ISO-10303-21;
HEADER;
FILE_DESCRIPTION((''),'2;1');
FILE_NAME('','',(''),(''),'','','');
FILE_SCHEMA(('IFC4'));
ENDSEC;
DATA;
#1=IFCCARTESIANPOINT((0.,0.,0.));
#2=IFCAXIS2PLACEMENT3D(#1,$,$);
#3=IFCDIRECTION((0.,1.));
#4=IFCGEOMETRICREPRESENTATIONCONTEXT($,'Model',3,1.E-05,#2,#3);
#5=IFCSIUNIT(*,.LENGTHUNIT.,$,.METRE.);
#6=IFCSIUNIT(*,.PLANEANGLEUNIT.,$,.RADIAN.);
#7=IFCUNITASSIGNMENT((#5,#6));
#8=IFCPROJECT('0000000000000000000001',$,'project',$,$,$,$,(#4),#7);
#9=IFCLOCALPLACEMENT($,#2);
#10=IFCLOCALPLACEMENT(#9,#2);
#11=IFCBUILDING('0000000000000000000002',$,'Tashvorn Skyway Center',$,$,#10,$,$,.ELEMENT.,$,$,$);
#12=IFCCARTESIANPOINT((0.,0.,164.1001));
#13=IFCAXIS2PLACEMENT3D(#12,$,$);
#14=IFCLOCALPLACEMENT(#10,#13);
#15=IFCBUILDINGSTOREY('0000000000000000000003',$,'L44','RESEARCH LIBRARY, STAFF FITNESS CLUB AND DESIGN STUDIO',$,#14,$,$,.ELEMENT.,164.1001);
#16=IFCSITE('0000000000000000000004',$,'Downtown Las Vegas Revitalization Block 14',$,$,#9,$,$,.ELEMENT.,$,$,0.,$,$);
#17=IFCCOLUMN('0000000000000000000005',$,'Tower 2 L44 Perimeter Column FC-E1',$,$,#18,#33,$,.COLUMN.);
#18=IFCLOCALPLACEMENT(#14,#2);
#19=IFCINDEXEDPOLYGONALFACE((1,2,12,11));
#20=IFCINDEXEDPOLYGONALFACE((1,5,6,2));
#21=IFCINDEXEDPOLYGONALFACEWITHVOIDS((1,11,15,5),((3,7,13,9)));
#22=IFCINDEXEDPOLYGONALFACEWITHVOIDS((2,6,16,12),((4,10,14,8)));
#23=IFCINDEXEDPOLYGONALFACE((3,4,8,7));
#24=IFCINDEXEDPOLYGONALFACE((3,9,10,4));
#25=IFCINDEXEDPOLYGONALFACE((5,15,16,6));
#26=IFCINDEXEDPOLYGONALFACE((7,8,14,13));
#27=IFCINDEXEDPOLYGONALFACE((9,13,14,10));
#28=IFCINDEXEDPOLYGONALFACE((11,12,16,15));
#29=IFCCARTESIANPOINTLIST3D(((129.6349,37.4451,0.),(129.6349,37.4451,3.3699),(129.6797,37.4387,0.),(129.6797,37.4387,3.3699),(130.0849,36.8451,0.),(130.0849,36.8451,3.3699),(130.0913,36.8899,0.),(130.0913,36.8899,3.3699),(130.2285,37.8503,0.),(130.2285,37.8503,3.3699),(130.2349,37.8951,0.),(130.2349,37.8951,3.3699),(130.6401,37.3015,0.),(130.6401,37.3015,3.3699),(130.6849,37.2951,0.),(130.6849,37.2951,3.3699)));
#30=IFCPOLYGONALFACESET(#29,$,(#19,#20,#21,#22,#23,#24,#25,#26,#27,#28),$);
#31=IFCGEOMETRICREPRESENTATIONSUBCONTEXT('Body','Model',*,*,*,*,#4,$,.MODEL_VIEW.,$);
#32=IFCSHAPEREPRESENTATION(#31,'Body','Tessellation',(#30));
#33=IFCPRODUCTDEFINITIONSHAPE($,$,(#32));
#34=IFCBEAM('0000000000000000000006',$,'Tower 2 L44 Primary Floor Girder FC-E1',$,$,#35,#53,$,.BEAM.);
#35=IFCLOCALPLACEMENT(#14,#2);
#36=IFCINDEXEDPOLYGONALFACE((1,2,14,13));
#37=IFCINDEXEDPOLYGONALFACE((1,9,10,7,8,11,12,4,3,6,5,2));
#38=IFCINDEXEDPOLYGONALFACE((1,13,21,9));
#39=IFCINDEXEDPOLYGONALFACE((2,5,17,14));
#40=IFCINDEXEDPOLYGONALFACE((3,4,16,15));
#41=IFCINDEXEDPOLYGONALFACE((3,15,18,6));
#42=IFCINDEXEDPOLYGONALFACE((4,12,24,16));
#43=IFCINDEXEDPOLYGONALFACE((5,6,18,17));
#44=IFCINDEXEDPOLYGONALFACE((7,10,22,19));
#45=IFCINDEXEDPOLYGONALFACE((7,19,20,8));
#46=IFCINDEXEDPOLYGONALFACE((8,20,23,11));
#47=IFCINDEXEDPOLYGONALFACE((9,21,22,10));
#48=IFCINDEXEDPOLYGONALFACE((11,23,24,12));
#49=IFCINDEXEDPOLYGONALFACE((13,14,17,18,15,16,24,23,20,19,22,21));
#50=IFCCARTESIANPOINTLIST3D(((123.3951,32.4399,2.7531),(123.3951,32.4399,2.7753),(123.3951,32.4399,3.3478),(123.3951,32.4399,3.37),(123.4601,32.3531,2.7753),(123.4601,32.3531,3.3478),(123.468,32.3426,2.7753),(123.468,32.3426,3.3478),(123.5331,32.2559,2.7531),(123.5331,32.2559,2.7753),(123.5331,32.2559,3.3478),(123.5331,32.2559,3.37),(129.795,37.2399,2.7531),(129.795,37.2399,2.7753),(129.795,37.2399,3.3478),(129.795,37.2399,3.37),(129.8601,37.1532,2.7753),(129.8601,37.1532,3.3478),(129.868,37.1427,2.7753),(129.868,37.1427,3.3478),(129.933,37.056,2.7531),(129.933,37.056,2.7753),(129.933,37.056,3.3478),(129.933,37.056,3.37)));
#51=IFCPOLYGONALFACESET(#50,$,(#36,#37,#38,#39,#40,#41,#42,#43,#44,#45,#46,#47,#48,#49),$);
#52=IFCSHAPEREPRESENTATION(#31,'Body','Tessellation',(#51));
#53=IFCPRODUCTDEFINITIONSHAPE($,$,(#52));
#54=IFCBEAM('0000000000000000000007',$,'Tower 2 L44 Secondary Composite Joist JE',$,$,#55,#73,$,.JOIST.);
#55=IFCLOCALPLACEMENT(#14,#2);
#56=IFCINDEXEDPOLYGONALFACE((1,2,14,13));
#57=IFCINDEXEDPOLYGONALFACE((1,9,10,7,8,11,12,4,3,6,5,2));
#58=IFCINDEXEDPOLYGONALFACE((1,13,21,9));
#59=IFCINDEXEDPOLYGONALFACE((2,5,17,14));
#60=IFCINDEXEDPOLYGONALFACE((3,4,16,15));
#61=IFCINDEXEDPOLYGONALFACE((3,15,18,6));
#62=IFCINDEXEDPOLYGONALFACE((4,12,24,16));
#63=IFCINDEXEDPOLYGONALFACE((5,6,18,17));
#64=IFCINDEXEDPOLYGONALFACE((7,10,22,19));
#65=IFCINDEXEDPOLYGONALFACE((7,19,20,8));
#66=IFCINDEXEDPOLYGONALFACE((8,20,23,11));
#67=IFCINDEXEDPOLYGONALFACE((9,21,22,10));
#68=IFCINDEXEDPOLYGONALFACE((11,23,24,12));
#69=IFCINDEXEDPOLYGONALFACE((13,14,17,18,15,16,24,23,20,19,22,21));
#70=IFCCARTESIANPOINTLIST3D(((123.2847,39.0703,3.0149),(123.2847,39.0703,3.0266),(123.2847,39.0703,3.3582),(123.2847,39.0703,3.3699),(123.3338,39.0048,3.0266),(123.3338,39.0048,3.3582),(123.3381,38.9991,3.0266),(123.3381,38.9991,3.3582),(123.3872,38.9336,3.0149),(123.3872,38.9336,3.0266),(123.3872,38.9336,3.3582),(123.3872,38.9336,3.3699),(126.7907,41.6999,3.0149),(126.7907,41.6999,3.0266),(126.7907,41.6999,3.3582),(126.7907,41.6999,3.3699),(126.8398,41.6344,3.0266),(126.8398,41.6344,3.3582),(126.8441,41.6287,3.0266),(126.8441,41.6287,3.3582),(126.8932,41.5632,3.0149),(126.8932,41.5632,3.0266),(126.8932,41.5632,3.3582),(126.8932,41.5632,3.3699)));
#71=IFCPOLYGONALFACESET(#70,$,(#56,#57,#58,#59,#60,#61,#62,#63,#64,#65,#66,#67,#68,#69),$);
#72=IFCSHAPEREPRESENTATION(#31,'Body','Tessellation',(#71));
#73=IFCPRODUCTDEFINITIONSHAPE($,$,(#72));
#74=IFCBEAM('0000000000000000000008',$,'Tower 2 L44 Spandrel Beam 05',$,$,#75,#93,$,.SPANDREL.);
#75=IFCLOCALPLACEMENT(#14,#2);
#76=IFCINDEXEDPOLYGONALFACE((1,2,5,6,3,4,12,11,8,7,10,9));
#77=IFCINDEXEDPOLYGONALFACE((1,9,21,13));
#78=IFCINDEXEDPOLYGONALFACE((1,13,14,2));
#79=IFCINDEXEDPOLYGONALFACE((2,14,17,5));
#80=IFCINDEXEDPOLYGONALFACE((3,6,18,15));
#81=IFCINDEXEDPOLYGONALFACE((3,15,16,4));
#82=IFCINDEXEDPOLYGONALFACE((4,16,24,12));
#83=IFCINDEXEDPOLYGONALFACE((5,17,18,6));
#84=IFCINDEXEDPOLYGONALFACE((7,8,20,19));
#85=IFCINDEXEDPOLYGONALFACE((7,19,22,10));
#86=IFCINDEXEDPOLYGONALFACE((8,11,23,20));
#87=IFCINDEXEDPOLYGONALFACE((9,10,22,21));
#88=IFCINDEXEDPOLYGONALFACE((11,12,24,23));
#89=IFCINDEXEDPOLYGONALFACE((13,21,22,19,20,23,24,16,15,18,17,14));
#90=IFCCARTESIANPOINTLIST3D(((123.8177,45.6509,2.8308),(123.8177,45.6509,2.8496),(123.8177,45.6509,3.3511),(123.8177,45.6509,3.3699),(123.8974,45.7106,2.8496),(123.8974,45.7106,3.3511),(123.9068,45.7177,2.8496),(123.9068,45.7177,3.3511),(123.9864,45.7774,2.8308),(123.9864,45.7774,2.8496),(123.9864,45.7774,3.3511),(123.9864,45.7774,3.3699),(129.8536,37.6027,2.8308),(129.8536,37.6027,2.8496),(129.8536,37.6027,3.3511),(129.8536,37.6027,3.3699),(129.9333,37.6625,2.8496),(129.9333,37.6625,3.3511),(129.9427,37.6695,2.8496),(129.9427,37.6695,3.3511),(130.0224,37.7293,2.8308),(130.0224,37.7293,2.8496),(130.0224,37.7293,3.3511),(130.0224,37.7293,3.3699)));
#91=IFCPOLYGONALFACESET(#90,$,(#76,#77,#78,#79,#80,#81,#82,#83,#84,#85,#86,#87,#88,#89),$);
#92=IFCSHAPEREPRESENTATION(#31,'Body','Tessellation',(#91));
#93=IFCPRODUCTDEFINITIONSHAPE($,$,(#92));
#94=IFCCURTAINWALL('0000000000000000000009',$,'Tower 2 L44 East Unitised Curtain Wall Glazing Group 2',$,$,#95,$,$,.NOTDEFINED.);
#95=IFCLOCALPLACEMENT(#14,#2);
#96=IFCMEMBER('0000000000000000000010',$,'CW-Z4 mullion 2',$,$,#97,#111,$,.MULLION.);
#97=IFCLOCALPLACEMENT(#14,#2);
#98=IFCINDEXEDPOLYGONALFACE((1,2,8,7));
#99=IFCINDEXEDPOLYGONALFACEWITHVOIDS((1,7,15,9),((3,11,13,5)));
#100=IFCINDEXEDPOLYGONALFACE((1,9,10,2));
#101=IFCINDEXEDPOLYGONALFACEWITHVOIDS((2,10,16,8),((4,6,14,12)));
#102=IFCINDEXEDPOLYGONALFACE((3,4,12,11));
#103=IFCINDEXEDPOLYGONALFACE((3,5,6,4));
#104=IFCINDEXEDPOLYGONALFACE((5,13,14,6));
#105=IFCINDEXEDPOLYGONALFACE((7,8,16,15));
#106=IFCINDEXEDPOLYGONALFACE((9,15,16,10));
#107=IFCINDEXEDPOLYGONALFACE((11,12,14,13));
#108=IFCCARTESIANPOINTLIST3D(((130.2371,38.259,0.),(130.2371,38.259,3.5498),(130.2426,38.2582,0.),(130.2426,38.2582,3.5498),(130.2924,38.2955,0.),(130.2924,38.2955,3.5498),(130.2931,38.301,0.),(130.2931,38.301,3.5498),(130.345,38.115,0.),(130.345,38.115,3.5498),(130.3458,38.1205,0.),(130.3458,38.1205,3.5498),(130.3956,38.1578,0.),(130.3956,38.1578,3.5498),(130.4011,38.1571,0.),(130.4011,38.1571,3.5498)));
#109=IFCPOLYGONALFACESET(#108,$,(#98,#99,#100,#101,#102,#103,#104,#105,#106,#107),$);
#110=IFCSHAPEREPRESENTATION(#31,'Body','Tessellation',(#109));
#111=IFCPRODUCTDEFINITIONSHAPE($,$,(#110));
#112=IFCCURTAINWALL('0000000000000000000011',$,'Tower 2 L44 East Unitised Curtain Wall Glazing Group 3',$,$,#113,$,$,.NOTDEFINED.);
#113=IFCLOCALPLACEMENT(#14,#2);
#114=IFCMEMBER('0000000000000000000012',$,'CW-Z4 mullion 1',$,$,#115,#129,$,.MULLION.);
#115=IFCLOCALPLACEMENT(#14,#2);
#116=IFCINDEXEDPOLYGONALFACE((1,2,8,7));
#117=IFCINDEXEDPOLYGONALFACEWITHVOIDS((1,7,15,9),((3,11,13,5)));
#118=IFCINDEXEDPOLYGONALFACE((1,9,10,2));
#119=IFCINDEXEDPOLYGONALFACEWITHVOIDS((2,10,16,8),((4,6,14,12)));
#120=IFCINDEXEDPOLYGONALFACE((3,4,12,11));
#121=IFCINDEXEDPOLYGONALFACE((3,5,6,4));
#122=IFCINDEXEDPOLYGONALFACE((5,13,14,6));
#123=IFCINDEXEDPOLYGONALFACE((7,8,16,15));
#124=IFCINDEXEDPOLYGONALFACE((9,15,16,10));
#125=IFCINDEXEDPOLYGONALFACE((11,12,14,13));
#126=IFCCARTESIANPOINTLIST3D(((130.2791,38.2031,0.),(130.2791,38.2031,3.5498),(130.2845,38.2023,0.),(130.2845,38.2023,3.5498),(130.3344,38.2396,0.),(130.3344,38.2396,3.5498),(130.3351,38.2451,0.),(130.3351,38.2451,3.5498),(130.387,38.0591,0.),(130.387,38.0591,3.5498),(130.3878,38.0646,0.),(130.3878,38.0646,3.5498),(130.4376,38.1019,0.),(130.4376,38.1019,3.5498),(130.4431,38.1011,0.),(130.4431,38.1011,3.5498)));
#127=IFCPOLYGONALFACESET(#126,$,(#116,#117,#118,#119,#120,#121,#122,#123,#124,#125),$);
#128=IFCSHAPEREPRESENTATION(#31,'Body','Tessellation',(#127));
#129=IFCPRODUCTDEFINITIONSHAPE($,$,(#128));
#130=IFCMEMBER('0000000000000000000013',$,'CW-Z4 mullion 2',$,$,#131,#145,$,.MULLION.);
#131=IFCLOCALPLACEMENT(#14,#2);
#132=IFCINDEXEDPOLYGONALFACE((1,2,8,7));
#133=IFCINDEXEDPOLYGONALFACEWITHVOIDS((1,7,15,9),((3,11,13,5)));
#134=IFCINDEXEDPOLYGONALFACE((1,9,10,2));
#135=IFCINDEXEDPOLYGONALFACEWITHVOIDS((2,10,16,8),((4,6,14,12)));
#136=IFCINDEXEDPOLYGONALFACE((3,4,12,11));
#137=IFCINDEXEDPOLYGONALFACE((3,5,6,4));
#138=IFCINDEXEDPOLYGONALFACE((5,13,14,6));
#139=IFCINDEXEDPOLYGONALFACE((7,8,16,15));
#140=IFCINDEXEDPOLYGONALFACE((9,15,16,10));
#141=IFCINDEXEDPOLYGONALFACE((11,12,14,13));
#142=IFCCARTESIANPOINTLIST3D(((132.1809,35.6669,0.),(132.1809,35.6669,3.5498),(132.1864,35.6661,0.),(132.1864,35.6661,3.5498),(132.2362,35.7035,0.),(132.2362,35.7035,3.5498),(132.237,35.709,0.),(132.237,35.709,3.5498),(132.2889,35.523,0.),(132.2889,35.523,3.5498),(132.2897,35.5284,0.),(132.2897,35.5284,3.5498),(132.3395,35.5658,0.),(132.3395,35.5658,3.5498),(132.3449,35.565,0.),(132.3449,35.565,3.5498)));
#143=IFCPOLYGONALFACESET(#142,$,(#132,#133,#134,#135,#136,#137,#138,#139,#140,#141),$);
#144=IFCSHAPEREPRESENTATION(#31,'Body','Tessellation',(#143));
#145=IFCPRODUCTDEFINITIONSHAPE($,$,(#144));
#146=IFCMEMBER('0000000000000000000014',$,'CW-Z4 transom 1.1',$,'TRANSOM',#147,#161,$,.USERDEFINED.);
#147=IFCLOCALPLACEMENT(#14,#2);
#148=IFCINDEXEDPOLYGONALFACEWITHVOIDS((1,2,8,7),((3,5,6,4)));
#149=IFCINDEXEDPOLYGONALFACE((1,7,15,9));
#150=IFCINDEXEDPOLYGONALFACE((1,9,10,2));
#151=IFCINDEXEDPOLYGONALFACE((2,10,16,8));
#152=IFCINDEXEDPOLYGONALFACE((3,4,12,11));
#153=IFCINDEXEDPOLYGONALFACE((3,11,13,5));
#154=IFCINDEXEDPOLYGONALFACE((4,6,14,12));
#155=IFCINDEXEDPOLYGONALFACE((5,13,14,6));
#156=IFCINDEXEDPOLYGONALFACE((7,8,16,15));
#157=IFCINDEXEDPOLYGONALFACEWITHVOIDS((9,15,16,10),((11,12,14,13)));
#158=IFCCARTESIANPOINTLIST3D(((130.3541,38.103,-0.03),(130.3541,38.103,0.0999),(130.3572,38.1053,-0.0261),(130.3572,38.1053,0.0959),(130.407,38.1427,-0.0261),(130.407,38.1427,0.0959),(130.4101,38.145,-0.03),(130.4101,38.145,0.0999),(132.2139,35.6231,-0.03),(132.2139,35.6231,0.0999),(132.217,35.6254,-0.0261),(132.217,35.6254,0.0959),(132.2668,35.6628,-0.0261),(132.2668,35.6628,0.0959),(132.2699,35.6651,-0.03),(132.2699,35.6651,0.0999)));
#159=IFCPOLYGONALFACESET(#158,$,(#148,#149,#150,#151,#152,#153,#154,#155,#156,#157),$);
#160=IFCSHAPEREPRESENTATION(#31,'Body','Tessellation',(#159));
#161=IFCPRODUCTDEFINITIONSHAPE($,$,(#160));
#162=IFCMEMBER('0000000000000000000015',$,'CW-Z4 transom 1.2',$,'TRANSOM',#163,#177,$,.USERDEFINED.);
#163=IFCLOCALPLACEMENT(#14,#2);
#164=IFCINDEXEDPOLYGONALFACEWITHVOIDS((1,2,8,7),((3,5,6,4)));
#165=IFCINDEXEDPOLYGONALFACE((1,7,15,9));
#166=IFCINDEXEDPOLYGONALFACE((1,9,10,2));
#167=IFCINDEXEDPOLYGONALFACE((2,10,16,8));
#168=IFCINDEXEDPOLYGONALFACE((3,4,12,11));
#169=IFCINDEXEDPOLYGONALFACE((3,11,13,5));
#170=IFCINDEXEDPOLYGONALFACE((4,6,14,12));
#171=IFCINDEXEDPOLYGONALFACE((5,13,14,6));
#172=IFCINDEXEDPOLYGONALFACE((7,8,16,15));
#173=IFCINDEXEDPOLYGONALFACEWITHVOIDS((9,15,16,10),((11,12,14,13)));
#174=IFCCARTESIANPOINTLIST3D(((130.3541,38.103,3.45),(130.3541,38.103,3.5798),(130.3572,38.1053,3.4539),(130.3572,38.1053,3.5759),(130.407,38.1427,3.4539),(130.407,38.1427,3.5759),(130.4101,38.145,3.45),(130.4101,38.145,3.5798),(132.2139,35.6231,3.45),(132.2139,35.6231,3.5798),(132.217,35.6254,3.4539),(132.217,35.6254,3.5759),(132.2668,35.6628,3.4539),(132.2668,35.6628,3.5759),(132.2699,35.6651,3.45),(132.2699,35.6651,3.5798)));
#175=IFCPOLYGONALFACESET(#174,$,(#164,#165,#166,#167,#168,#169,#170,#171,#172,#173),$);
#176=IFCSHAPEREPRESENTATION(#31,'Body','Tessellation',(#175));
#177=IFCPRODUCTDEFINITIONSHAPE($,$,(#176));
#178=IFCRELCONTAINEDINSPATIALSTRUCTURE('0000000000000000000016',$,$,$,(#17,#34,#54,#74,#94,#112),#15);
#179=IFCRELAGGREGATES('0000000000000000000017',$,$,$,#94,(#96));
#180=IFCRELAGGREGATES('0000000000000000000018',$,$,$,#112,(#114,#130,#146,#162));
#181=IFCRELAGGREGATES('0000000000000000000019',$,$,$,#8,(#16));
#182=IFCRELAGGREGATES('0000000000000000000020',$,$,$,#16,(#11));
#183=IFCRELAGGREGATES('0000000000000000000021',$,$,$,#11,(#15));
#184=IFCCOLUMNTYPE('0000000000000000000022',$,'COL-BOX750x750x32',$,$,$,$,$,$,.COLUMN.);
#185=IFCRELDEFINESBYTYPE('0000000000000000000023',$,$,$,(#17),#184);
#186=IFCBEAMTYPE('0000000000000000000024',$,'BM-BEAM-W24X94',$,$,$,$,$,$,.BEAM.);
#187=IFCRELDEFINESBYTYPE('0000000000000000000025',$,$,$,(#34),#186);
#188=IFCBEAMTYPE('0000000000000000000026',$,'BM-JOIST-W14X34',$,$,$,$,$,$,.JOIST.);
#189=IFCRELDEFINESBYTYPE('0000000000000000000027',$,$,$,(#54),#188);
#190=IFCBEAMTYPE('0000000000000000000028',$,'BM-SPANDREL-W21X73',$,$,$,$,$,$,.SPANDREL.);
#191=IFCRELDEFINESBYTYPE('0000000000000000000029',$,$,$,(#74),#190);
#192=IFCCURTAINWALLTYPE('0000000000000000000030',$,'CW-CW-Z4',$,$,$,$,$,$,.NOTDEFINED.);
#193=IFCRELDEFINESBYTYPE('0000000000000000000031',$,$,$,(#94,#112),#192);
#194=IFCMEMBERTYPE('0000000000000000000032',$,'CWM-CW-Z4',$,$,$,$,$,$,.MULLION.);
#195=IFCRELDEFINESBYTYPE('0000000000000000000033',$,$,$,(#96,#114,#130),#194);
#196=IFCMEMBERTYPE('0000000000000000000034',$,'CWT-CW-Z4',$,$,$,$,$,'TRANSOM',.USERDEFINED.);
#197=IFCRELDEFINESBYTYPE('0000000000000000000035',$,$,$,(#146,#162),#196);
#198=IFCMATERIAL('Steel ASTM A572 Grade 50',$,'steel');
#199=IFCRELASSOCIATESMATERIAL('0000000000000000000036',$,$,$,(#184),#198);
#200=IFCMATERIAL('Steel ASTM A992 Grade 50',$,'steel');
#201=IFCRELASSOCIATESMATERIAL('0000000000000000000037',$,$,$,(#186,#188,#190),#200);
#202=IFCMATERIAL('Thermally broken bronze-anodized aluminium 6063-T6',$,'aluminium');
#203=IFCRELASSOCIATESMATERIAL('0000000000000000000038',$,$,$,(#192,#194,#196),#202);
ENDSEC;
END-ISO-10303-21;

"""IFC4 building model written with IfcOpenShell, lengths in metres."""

from ifc_helpers import new_model, si_unit, direction, frame, origin, origin_2d, place, context, subcontext, project, spatial, hollow_rectangle, i_section, extrude, material, material_profile, profile_set, type_object, element, aggregate, save


model = new_model("IFC4")

# Units and contexts
model_context = context("Model", 3, precision=1e-05, world=origin(), true_north=direction((0.0, 1.0)))
body_context = subcontext(model_context, "Body", "Model", "MODEL_VIEW")
ifc_project = project(units=[si_unit("LENGTHUNIT", "METRE"), si_unit("PLANEANGLEUNIT", "RADIAN")], contexts=[model_context])

# Site, building, storey
site_placement = place(None, origin())
site = spatial("IfcSite", under=ifc_project, at=site_placement, Name="Downtown Las Vegas Revitalization Block 14", CompositionType="ELEMENT", RefElevation=0.0)
building_placement = place(site_placement, origin())
building = spatial("IfcBuilding", under=site, at=building_placement, Name="Tashvorn Skyway Center", CompositionType="ELEMENT")
storey_placement = place(building_placement, frame((0.0, 0.0, 164.1001)))
storey = spatial("IfcBuildingStorey", under=building, at=storey_placement, Name="L44", Description="RESEARCH LIBRARY, STAFF FITNESS CLUB AND DESIGN STUDIO", CompositionType="ELEMENT", Elevation=164.1001)

# Column
ifc_material_1 = material(Name="Steel ASTM A572 Grade 50", Category="steel")
ifc_material_profile_1 = material_profile(ifc_material_1, hollow_rectangle(XDim=0.75, YDim=0.75, WallThickness=0.032, at=origin_2d()), Name="BOX750x750x32")
ifc_profile_set_1 = profile_set([ifc_material_profile_1], Name="Steel ASTM A572 Grade 50")
column_type = type_object("IfcColumnType", Name="COL-BOX750x750x32", PredefinedType="COLUMN", material=ifc_profile_set_1)
column_placement = place(storey_placement, frame((130.1599, 37.3701, 0.0), z_axis=(0.0, 0.0, 1.0), x_axis=(0.8, 0.6, 0.0)))
element("IfcColumn", 1, at=column_placement, inside=storey, type_object=column_type, Name="Tower 2 L44 Perimeter Column FC-E1", PredefinedType="COLUMN", context=body_context, shape_type="SweptSolid", body=[
    extrude(hollow_rectangle(XDim=0.75, YDim=0.75, WallThickness=0.032, at=origin_2d()), origin(), (0.0, 0.0, 1.0), 3.3699),
])

# Beams
ifc_material_2 = material(Name="Steel ASTM A992 Grade 50", Category="steel")
ifc_material_profile_2 = material_profile(ifc_material_2, i_section(OverallWidth=0.23, OverallDepth=0.6169, WebThickness=0.0132, FlangeThickness=0.0222, at=origin_2d()), Name="W24X94")
ifc_profile_set_2 = profile_set([ifc_material_profile_2], Name="Steel ASTM A992 Grade 50")
beam_type_1 = type_object("IfcBeamType", Name="BM-BEAM-W24X94", PredefinedType="BEAM", material=ifc_profile_set_2)
beam_1_placement = place(storey_placement, frame((129.864, 37.1479, 3.0615), z_axis=(-0.799993, -0.60001, 0.0), x_axis=(0.60001, -0.799993, 0.0)))
element("IfcBeam", 2, at=beam_1_placement, inside=storey, type_object=beam_type_1, Name="Tower 2 L44 Primary Floor Girder FC-E1", PredefinedType="BEAM", context=body_context, shape_type="SweptSolid", body=[
    extrude(i_section(OverallWidth=0.23, OverallDepth=0.6169, WebThickness=0.0132, FlangeThickness=0.0222, at=origin_2d()), origin(), (0.0, 0.0, 1.0), 8.0),
])
ifc_material_profile_3 = material_profile(ifc_material_2, i_section(OverallWidth=0.1709, OverallDepth=0.355, WebThickness=0.0071, FlangeThickness=0.0117, at=origin_2d()), Name="W14X34")
ifc_profile_set_3 = profile_set([ifc_material_profile_3], Name="Steel ASTM A992 Grade 50")
beam_type_2 = type_object("IfcBeamType", Name="BM-JOIST-W14X34", PredefinedType="JOIST", material=ifc_profile_set_3)
beam_2_placement = place(storey_placement, frame((123.3359, 39.002, 3.1924), z_axis=(0.799993, 0.600009, 0.0), x_axis=(-0.600009, 0.799993, 0.0)))
element("IfcBeam", 3, at=beam_2_placement, inside=storey, type_object=beam_type_2, Name="Tower 2 L44 Secondary Composite Joist JE", PredefinedType="JOIST", context=body_context, shape_type="SweptSolid", body=[
    extrude(i_section(OverallWidth=0.1709, OverallDepth=0.355, WebThickness=0.0071, FlangeThickness=0.0117, at=origin_2d()), origin(), (0.0, 0.0, 1.0), 4.3826),
])
ifc_material_profile_4 = material_profile(ifc_material_2, i_section(OverallWidth=0.2109, OverallDepth=0.5391, WebThickness=0.0117, FlangeThickness=0.0188, at=origin_2d()), Name="W21X73")
ifc_profile_set_4 = profile_set([ifc_material_profile_4], Name="Steel ASTM A992 Grade 50")
beam_type_3 = type_object("IfcBeamType", Name="BM-SPANDREL-W21X73", PredefinedType="SPANDREL", material=ifc_profile_set_4)
beam_3_placement = place(storey_placement, frame((129.938, 37.666, 3.1003), z_axis=(-0.599988, 0.800009, 0.0), x_axis=(-0.800009, -0.599988, 0.0)))
element("IfcBeam", 4, at=beam_3_placement, inside=storey, type_object=beam_type_3, Name="Tower 2 L44 Spandrel Beam 05", PredefinedType="SPANDREL", context=body_context, shape_type="SweptSolid", body=[
    extrude(i_section(OverallWidth=0.2109, OverallDepth=0.5391, WebThickness=0.0117, FlangeThickness=0.0188, at=origin_2d()), origin(), (0.0, 0.0, 1.0), 10.0601),
])

# Curtain wall, member
ifc_material_3 = material(Name="Thermally broken bronze-anodized aluminium 6063-T6", Category="aluminium")
curtain_wall_type = type_object("IfcCurtainWallType", Name="CW-CW-Z4", PredefinedType="NOTDEFINED", material=ifc_material_3)
curtain_wall_1_placement = place(storey_placement, origin())
curtain_wall_1 = element("IfcCurtainWall", 5, at=curtain_wall_1_placement, inside=storey, type_object=curtain_wall_type, Name="Tower 2 L44 East Unitised Curtain Wall Glazing Group 2", PredefinedType="NOTDEFINED")
ifc_material_profile_5 = material_profile(ifc_material_3, hollow_rectangle(XDim=0.0701, YDim=0.1799, WallThickness=0.0039, at=origin_2d()), Name="ALU-MULL-70x180")
ifc_profile_set_5 = profile_set([ifc_material_profile_5], Name="Thermally broken bronze-anodized aluminium 6063-T6")
member_type_1 = type_object("IfcMemberType", Name="CWM-CW-Z4", PredefinedType="MULLION", material=ifc_profile_set_5)
member_1_placement = place(storey_placement, frame((130.3191, 38.208, 0.0), z_axis=(0.0, 0.0, 1.0), x_axis=(0.8, 0.6, 0.0)))
member_1 = element("IfcMember", 6, at=member_1_placement, type_object=member_type_1, Name="CW-Z4 mullion 2", PredefinedType="MULLION", context=body_context, shape_type="SweptSolid", body=[
    extrude(hollow_rectangle(XDim=0.0701, YDim=0.1799, WallThickness=0.0039, at=origin_2d()), origin(), (0.0, 0.0, 1.0), 3.5498),
])
aggregate(curtain_wall_1, [member_1])

# Curtain wall, members
curtain_wall_2_placement = place(storey_placement, origin())
curtain_wall_2 = element("IfcCurtainWall", 7, at=curtain_wall_2_placement, inside=storey, type_object=curtain_wall_type, Name="Tower 2 L44 East Unitised Curtain Wall Glazing Group 3", PredefinedType="NOTDEFINED")
member_2_placement = place(storey_placement, frame((130.3611, 38.1521, 0.0), z_axis=(0.0, 0.0, 1.0), x_axis=(0.8, 0.6, 0.0)))
member_2 = element("IfcMember", 8, at=member_2_placement, type_object=member_type_1, Name="CW-Z4 mullion 1", PredefinedType="MULLION", context=body_context, shape_type="SweptSolid", body=[
    extrude(hollow_rectangle(XDim=0.0701, YDim=0.1799, WallThickness=0.0039, at=origin_2d()), origin(), (0.0, 0.0, 1.0), 3.5498),
])
member_3_placement = place(storey_placement, frame((132.2629, 35.616, 0.0), z_axis=(0.0, 0.0, 1.0), x_axis=(0.8, 0.6, 0.0)))
member_3 = element("IfcMember", 9, at=member_3_placement, type_object=member_type_1, Name="CW-Z4 mullion 2", PredefinedType="MULLION", context=body_context, shape_type="SweptSolid", body=[
    extrude(hollow_rectangle(XDim=0.0701, YDim=0.1799, WallThickness=0.0039, at=origin_2d()), origin(), (0.0, 0.0, 1.0), 3.5498),
])
ifc_material_profile_6 = material_profile(ifc_material_3, hollow_rectangle(XDim=0.0701, YDim=0.1299, WallThickness=0.0039, at=origin_2d()), Name="ALU-TRAN-70x130")
ifc_profile_set_6 = profile_set([ifc_material_profile_6], Name="Thermally broken bronze-anodized aluminium 6063-T6")
member_type_2 = type_object("IfcMemberType", Name="CWT-CW-Z4", ElementType="TRANSOM", PredefinedType="USERDEFINED", material=ifc_profile_set_6)
member_4_placement = place(storey_placement, frame((130.3821, 38.124, 0.0349), z_axis=(0.599975, -0.800019, 0.0), x_axis=(0.800019, 0.599975, 0.0)))
member_4 = element("IfcMember", 10, at=member_4_placement, type_object=member_type_2, Name="CW-Z4 transom 1.1", ObjectType="TRANSOM", PredefinedType="USERDEFINED", context=body_context, shape_type="SweptSolid", body=[
    extrude(hollow_rectangle(XDim=0.0701, YDim=0.1299, WallThickness=0.0039, at=origin_2d()), origin(), (0.0, 0.0, 1.0), 3.0999),
])
member_5_placement = place(storey_placement, frame((130.3821, 38.124, 3.5149), z_axis=(0.599975, -0.800019, 0.0), x_axis=(0.800019, 0.599975, 0.0)))
member_5 = element("IfcMember", 11, at=member_5_placement, type_object=member_type_2, Name="CW-Z4 transom 1.2", ObjectType="TRANSOM", PredefinedType="USERDEFINED", context=body_context, shape_type="SweptSolid", body=[
    extrude(hollow_rectangle(XDim=0.0701, YDim=0.1299, WallThickness=0.0039, at=origin_2d()), origin(), (0.0, 0.0, 1.0), 3.0999),
])
aggregate(curtain_wall_2, [member_2, member_3, member_4, member_5])

save(model, "model.ifc")
